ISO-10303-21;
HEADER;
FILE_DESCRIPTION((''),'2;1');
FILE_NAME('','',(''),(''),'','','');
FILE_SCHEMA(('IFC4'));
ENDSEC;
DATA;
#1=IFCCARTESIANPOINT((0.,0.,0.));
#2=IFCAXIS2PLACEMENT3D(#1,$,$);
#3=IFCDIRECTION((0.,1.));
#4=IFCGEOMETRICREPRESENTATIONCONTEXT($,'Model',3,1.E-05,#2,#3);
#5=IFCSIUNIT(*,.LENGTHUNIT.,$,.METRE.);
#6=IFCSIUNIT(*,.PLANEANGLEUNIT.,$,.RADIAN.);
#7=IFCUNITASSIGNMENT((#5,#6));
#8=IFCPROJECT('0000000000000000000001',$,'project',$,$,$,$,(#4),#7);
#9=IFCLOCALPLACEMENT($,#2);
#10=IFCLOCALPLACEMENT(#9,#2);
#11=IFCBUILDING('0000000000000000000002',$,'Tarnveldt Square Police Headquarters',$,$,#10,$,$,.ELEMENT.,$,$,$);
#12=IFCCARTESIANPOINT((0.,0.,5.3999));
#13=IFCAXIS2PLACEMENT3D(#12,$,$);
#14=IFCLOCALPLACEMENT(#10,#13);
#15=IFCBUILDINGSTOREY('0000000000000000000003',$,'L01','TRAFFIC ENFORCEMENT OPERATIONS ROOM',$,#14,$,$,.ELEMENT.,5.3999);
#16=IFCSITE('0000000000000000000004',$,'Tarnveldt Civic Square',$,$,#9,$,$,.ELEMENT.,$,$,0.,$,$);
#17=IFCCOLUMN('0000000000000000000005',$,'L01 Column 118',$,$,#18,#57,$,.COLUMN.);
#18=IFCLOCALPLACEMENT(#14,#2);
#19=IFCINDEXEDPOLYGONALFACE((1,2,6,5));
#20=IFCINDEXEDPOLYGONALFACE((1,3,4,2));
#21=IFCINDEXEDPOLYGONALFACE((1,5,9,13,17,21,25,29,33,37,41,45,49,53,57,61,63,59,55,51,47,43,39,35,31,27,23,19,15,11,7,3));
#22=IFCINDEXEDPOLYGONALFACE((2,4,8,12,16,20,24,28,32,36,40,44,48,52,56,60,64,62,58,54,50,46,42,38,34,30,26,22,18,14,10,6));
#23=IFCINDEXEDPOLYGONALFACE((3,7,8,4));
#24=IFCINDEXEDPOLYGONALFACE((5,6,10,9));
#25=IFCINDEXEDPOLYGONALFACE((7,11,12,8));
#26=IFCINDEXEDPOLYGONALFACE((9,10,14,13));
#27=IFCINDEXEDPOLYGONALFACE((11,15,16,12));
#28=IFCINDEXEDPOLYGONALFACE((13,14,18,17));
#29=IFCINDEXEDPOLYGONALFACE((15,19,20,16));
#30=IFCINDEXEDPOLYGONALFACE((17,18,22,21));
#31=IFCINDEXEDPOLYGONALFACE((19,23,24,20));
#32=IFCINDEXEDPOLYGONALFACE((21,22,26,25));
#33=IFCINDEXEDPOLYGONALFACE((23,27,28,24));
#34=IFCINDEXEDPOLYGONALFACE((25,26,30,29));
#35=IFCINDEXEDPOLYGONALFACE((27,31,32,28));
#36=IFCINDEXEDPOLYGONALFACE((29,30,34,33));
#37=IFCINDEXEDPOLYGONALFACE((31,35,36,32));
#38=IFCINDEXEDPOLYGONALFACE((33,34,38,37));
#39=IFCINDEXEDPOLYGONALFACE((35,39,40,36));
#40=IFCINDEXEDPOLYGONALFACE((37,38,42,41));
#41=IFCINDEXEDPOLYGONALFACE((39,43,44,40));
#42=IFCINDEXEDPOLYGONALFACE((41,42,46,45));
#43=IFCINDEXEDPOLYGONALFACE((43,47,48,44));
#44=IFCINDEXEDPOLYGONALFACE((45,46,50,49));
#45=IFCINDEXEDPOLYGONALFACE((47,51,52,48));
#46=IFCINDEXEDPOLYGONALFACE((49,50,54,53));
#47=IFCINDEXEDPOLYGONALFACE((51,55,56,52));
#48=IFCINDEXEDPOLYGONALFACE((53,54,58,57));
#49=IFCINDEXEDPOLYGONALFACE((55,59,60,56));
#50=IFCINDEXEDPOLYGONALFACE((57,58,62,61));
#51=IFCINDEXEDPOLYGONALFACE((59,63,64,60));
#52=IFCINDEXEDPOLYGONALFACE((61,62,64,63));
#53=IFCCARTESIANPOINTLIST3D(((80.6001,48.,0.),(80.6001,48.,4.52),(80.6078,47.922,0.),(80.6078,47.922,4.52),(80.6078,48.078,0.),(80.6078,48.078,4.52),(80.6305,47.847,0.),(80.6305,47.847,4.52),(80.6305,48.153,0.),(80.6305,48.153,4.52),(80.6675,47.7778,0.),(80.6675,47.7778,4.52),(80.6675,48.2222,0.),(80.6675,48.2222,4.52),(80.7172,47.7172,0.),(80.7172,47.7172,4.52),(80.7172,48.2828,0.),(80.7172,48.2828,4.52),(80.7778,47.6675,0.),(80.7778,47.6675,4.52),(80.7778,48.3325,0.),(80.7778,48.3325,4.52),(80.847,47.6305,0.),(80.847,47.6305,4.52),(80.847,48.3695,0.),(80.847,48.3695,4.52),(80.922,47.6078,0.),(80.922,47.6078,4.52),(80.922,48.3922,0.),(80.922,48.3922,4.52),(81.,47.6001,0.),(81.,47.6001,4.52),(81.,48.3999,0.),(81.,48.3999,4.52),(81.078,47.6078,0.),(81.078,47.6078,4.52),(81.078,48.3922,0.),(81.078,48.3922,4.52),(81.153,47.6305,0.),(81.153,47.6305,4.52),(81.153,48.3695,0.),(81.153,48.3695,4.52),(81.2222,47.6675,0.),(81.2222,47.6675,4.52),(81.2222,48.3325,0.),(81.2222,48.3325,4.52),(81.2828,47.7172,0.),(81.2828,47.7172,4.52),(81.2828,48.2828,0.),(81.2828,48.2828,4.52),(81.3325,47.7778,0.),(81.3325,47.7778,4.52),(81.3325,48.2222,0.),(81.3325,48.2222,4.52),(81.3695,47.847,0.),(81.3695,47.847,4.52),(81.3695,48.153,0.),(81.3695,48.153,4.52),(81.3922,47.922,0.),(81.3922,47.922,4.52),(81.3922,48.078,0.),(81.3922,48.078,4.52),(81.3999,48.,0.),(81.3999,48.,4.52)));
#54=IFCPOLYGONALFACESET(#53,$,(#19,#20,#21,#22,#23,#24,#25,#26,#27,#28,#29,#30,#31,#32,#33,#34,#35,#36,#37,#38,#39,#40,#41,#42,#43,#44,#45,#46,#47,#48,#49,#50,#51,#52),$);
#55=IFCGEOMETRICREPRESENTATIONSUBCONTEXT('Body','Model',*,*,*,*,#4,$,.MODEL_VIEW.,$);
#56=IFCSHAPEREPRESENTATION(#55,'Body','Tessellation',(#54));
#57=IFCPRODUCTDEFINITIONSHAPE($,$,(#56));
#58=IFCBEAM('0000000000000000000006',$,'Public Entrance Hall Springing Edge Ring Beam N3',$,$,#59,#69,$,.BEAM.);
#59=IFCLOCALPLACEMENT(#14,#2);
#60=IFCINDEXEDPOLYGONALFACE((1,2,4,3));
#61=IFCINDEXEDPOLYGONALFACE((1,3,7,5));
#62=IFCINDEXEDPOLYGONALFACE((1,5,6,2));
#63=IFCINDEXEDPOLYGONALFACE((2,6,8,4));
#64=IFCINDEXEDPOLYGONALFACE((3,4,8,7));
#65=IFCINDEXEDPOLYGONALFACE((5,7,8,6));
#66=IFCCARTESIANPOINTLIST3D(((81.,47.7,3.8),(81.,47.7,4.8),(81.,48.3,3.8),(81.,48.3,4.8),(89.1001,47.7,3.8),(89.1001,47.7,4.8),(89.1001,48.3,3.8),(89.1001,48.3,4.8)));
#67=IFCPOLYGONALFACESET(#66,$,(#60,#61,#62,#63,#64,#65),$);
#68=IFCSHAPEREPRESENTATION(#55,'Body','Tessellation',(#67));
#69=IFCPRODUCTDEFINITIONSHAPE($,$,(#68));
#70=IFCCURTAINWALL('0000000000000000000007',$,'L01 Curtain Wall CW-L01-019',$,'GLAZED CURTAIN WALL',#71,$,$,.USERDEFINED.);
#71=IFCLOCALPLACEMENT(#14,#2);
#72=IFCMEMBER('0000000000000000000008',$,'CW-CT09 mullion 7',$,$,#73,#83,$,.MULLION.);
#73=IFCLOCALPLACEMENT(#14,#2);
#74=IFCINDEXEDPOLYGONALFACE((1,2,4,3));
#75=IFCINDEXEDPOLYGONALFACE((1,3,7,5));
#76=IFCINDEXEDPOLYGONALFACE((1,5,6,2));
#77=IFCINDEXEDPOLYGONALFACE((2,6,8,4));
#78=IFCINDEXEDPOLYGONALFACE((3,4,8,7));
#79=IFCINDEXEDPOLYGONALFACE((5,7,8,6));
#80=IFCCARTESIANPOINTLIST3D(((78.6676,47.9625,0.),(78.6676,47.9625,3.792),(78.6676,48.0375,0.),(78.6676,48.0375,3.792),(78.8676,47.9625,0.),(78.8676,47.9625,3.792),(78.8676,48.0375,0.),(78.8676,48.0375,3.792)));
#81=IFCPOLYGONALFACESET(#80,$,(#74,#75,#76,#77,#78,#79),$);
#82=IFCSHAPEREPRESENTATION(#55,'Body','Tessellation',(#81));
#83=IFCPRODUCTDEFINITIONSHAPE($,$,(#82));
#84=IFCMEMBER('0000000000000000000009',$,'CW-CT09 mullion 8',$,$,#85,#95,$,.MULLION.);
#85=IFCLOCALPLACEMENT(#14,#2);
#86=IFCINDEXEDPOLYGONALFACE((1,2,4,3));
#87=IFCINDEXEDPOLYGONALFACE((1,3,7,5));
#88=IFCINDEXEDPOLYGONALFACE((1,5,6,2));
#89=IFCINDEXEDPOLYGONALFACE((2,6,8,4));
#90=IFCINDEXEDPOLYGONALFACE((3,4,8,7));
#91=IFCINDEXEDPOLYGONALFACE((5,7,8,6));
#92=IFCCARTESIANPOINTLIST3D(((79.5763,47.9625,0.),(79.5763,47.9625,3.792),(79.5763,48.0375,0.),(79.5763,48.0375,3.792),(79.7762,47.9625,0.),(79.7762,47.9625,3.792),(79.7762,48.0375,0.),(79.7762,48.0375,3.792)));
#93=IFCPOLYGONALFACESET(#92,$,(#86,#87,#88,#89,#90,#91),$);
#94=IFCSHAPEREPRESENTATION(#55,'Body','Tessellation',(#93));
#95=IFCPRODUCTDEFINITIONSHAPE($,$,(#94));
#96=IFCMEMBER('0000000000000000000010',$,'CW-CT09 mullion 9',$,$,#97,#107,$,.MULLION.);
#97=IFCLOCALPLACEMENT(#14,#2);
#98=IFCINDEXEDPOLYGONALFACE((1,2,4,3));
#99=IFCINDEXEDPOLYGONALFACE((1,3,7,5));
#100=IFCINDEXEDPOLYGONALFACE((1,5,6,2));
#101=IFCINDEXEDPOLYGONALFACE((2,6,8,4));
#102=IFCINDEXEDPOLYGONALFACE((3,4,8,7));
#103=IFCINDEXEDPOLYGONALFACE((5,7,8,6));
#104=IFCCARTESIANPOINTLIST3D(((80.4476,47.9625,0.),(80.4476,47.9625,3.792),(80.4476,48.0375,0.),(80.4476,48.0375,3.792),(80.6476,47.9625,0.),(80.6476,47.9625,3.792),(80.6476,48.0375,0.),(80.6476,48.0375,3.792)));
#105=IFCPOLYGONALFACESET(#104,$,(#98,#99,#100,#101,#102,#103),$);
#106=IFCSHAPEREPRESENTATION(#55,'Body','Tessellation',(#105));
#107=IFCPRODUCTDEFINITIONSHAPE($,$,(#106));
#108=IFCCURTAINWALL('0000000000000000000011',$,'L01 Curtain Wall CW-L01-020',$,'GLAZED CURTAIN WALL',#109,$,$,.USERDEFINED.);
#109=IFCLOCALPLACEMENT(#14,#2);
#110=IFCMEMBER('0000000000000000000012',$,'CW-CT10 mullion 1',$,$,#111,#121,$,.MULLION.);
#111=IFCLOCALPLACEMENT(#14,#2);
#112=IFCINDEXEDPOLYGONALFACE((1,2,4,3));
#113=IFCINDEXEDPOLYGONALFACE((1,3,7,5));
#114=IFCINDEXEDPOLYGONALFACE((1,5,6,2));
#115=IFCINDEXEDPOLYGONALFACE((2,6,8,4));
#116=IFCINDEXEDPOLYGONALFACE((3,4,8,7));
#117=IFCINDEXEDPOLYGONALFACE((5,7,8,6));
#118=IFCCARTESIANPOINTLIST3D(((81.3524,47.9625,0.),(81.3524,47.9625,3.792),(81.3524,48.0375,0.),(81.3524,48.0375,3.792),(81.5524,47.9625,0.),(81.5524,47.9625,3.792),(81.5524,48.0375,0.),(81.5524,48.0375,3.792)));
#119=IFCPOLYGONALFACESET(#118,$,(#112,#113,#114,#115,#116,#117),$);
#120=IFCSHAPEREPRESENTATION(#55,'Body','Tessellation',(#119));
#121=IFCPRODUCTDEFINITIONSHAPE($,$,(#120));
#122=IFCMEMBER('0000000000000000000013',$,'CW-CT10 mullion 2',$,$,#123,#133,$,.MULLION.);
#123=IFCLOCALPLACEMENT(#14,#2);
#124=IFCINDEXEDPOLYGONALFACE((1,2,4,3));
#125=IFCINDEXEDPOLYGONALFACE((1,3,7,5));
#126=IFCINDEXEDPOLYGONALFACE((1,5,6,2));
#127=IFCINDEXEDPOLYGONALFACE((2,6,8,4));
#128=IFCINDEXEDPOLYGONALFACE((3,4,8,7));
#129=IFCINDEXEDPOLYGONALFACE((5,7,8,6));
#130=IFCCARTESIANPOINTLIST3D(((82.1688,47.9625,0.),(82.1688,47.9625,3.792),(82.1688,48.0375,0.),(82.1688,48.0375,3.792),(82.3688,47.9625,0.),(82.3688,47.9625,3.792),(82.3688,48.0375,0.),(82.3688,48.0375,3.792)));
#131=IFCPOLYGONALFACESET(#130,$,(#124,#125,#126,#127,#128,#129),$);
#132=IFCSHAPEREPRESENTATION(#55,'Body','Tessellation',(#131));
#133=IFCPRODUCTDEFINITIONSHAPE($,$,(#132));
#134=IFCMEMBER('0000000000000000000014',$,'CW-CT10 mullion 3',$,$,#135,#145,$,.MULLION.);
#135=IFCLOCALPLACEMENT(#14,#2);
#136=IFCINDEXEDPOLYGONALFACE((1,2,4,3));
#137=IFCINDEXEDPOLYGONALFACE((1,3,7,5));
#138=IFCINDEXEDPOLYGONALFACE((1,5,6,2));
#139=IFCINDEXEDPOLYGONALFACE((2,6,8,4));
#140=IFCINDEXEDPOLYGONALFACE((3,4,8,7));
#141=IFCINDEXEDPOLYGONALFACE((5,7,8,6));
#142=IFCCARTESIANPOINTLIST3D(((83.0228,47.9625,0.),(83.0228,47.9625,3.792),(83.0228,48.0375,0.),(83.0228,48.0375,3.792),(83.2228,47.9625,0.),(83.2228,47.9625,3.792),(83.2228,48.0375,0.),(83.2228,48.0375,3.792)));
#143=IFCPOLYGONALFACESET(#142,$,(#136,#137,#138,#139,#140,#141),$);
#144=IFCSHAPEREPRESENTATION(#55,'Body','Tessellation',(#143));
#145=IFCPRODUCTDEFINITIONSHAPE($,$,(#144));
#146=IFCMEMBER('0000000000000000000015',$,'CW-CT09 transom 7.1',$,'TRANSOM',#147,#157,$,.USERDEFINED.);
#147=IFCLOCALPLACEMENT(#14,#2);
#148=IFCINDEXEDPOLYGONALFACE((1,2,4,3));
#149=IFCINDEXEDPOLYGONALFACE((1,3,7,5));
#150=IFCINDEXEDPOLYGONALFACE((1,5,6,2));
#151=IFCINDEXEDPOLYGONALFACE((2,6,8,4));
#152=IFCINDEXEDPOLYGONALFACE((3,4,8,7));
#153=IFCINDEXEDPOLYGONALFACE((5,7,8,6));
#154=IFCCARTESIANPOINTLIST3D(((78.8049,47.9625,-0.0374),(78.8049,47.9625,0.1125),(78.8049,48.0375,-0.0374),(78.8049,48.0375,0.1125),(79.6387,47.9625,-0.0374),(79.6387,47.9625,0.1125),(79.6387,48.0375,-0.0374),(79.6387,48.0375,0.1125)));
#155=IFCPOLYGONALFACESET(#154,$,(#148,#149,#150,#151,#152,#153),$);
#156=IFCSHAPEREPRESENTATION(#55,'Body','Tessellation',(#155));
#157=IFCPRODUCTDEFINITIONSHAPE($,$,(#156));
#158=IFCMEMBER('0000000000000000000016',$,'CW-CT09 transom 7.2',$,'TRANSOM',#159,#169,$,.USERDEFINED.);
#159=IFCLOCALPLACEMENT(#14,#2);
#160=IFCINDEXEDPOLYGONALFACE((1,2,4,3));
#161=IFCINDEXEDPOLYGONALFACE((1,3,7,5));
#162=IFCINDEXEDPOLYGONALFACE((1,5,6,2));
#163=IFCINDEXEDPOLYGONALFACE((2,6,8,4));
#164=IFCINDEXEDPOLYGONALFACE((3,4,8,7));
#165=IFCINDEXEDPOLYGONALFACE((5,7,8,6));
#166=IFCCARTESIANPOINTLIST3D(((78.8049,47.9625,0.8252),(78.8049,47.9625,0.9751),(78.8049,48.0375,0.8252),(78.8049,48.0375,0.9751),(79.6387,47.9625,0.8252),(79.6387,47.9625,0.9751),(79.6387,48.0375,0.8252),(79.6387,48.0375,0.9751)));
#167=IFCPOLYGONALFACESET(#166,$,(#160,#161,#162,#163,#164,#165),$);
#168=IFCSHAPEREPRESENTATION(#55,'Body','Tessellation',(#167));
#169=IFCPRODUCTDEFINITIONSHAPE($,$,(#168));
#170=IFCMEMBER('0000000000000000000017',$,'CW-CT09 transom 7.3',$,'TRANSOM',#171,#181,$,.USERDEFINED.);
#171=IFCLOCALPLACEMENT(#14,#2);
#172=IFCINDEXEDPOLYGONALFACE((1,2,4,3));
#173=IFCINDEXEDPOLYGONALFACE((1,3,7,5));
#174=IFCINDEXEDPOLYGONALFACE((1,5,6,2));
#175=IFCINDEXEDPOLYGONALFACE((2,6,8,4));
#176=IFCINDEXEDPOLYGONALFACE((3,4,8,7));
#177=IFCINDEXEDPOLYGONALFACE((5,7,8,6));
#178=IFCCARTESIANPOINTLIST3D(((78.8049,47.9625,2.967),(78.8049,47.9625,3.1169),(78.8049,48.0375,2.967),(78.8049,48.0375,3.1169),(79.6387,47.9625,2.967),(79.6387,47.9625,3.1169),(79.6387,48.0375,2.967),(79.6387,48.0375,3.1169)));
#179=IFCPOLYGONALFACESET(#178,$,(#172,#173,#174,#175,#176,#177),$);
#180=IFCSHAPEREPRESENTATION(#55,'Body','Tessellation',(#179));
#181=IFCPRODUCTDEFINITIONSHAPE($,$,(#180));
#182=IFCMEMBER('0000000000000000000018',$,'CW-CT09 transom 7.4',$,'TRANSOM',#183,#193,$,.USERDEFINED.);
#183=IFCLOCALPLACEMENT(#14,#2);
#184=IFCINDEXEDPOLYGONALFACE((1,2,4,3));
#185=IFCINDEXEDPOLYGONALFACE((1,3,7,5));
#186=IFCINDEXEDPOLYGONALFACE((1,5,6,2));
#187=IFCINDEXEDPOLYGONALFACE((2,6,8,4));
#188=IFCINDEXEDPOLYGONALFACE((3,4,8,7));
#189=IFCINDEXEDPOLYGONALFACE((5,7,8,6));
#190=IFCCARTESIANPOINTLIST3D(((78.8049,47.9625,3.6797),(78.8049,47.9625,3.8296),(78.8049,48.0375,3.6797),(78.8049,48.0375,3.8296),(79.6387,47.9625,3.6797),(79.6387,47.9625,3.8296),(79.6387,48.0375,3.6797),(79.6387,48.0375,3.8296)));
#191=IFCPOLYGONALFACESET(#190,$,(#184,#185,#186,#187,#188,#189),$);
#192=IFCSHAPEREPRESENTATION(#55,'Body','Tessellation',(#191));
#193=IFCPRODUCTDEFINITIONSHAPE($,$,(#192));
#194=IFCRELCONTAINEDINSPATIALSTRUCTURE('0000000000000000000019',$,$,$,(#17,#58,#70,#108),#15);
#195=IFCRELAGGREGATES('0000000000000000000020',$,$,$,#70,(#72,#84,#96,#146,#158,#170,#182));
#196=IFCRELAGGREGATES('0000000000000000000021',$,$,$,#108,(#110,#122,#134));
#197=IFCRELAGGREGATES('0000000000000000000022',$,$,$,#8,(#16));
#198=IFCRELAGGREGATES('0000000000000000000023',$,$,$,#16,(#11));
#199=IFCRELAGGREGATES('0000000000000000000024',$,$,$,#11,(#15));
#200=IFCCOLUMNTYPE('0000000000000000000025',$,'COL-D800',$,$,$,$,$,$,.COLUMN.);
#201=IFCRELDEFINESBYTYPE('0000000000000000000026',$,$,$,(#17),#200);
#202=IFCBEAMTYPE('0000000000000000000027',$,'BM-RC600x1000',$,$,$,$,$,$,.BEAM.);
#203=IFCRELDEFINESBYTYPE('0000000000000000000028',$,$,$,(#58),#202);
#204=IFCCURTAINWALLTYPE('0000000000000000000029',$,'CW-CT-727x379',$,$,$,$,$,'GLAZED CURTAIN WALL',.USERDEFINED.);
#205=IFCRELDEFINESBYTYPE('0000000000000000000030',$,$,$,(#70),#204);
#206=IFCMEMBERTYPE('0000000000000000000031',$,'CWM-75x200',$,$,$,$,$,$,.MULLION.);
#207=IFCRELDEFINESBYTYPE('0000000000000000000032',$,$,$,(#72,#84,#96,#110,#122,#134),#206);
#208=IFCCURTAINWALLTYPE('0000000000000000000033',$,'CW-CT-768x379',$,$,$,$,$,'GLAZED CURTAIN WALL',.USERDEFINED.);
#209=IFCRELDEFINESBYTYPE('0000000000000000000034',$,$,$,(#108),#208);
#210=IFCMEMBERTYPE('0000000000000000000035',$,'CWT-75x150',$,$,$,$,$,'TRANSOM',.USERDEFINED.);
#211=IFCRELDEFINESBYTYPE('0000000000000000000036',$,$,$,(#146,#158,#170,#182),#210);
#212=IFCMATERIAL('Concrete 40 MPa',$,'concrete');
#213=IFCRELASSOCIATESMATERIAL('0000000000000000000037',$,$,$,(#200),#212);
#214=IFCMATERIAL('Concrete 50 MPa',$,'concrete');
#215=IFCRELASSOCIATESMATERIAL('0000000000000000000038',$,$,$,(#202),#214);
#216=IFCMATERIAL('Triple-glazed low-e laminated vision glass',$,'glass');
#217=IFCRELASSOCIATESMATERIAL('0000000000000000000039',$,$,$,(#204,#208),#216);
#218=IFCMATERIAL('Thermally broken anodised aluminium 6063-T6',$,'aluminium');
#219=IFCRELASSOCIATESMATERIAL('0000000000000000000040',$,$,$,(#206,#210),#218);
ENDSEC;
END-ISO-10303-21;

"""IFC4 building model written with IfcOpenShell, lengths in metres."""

from ifc_helpers import new_model, si_unit, direction, frame, origin, origin_2d, place, context, subcontext, project, spatial, rectangle, circle, extrude, material, material_profile, profile_set, type_object, element, aggregate, save


model = new_model("IFC4")

# Units and contexts
model_context = context("Model", 3, precision=1e-05, world=origin(), true_north=direction((0.0, 1.0)))
body_context = subcontext(model_context, "Body", "Model", "MODEL_VIEW")
ifc_project = project(units=[si_unit("LENGTHUNIT", "METRE"), si_unit("PLANEANGLEUNIT", "RADIAN")], contexts=[model_context])

# Site, building, storey
site_placement = place(None, origin())
site = spatial("IfcSite", under=ifc_project, at=site_placement, Name="Tarnveldt Civic Square", CompositionType="ELEMENT", RefElevation=0.0)
building_placement = place(site_placement, origin())
building = spatial("IfcBuilding", under=site, at=building_placement, Name="Tarnveldt Square Police Headquarters", CompositionType="ELEMENT")
storey_placement = place(building_placement, frame((0.0, 0.0, 5.3999)))
storey = spatial("IfcBuildingStorey", under=building, at=storey_placement, Name="L01", Description="TRAFFIC ENFORCEMENT OPERATIONS ROOM", CompositionType="ELEMENT", Elevation=5.3999)

# Column
ifc_material_1 = material(Name="Concrete 40 MPa", Category="concrete")
ifc_material_profile_1 = material_profile(ifc_material_1, circle(Radius=0.3999, at=origin_2d()), Name="RC-D800")
ifc_profile_set_1 = profile_set([ifc_material_profile_1], Name="Concrete 40 MPa")
column_type = type_object("IfcColumnType", Name="COL-D800", PredefinedType="COLUMN", material=ifc_profile_set_1)
column_placement = place(storey_placement, frame((81.0, 48.0, 0.0), z_axis=(0.0, 0.0, 1.0), x_axis=(1.0, 0.0, 0.0)))
element("IfcColumn", 1, at=column_placement, inside=storey, type_object=column_type, Name="L01 Column 118", PredefinedType="COLUMN", context=body_context, shape_type="SweptSolid", body=[
    extrude(circle(Radius=0.3999, at=origin_2d()), origin(), (0.0, 0.0, 1.0), 4.52),
])

# Beam
ifc_material_2 = material(Name="Concrete 50 MPa", Category="concrete")
ifc_material_profile_2 = material_profile(ifc_material_2, rectangle(XDim=0.6001, YDim=1.0, at=origin_2d()), Name="RC-B600x1000")
ifc_profile_set_2 = profile_set([ifc_material_profile_2], Name="Concrete 50 MPa")
beam_type = type_object("IfcBeamType", Name="BM-RC600x1000", PredefinedType="BEAM", material=ifc_profile_set_2)
beam_placement = place(storey_placement, frame((81.0, 48.0, 4.3), z_axis=(1.0, 0.0, 0.0), x_axis=(0.0, 1.0, 0.0)))
element("IfcBeam", 2, at=beam_placement, inside=storey, type_object=beam_type, Name="Public Entrance Hall Springing Edge Ring Beam N3", PredefinedType="BEAM", context=body_context, shape_type="SweptSolid", body=[
    extrude(rectangle(XDim=0.6001, YDim=1.0, at=origin_2d()), origin(), (0.0, 0.0, 1.0), 8.1001),
])

# Curtain walls, members
ifc_material_3 = material(Name="Triple-glazed low-e laminated vision glass", Category="glass")
curtain_wall_type_1 = type_object("IfcCurtainWallType", Name="CW-CT-727x379", ElementType="GLAZED CURTAIN WALL", PredefinedType="USERDEFINED", material=ifc_material_3)
curtain_wall_1_placement = place(storey_placement, origin())
curtain_wall_1 = element("IfcCurtainWall", 3, at=curtain_wall_1_placement, inside=storey, type_object=curtain_wall_type_1, Name="L01 Curtain Wall CW-L01-019", ObjectType="GLAZED CURTAIN WALL", PredefinedType="USERDEFINED")
ifc_material_4 = material(Name="Thermally broken anodised aluminium 6063-T6", Category="aluminium")
ifc_material_profile_3 = material_profile(ifc_material_4, rectangle(XDim=0.075, YDim=0.2, at=origin_2d()), Name="CW-M75x200")
ifc_profile_set_3 = profile_set([ifc_material_profile_3], Name="Thermally broken anodised aluminium 6063-T6")
member_type_1 = type_object("IfcMemberType", Name="CWM-75x200", PredefinedType="MULLION", material=ifc_profile_set_3)
member_1_placement = place(storey_placement, frame((78.7676, 48.0, 0.0), z_axis=(0.0, 0.0, 1.0), x_axis=(0.0, 1.0, 0.0)))
member_1 = element("IfcMember", 4, at=member_1_placement, type_object=member_type_1, Name="CW-CT09 mullion 7", PredefinedType="MULLION", context=body_context, shape_type="SweptSolid", body=[
    extrude(rectangle(XDim=0.075, YDim=0.2, at=origin_2d()), origin(), (0.0, 0.0, 1.0), 3.792),
])
member_2_placement = place(storey_placement, frame((79.6763, 48.0, 0.0), z_axis=(0.0, 0.0, 1.0), x_axis=(0.0, 1.0, 0.0)))
member_2 = element("IfcMember", 5, at=member_2_placement, type_object=member_type_1, Name="CW-CT09 mullion 8", PredefinedType="MULLION", context=body_context, shape_type="SweptSolid", body=[
    extrude(rectangle(XDim=0.075, YDim=0.2, at=origin_2d()), origin(), (0.0, 0.0, 1.0), 3.792),
])
member_3_placement = place(storey_placement, frame((80.5476, 48.0, 0.0), z_axis=(0.0, 0.0, 1.0), x_axis=(0.0, 1.0, 0.0)))
member_3 = element("IfcMember", 6, at=member_3_placement, type_object=member_type_1, Name="CW-CT09 mullion 9", PredefinedType="MULLION", context=body_context, shape_type="SweptSolid", body=[
    extrude(rectangle(XDim=0.075, YDim=0.2, at=origin_2d()), origin(), (0.0, 0.0, 1.0), 3.792),
])
curtain_wall_type_2 = type_object("IfcCurtainWallType", Name="CW-CT-768x379", ElementType="GLAZED CURTAIN WALL", PredefinedType="USERDEFINED", material=ifc_material_3)
curtain_wall_2_placement = place(storey_placement, origin())
curtain_wall_2 = element("IfcCurtainWall", 7, at=curtain_wall_2_placement, inside=storey, type_object=curtain_wall_type_2, Name="L01 Curtain Wall CW-L01-020", ObjectType="GLAZED CURTAIN WALL", PredefinedType="USERDEFINED")
member_4_placement = place(storey_placement, frame((81.4524, 48.0, 0.0), z_axis=(0.0, 0.0, 1.0), x_axis=(0.0, 1.0, 0.0)))
member_4 = element("IfcMember", 8, at=member_4_placement, type_object=member_type_1, Name="CW-CT10 mullion 1", PredefinedType="MULLION", context=body_context, shape_type="SweptSolid", body=[
    extrude(rectangle(XDim=0.075, YDim=0.2, at=origin_2d()), origin(), (0.0, 0.0, 1.0), 3.792),
])
member_5_placement = place(storey_placement, frame((82.2688, 48.0, 0.0), z_axis=(0.0, 0.0, 1.0), x_axis=(0.0, 1.0, 0.0)))
member_5 = element("IfcMember", 9, at=member_5_placement, type_object=member_type_1, Name="CW-CT10 mullion 2", PredefinedType="MULLION", context=body_context, shape_type="SweptSolid", body=[
    extrude(rectangle(XDim=0.075, YDim=0.2, at=origin_2d()), origin(), (0.0, 0.0, 1.0), 3.792),
])
member_6_placement = place(storey_placement, frame((83.1228, 48.0, 0.0), z_axis=(0.0, 0.0, 1.0), x_axis=(0.0, 1.0, 0.0)))
member_6 = element("IfcMember", 10, at=member_6_placement, type_object=member_type_1, Name="CW-CT10 mullion 3", PredefinedType="MULLION", context=body_context, shape_type="SweptSolid", body=[
    extrude(rectangle(XDim=0.075, YDim=0.2, at=origin_2d()), origin(), (0.0, 0.0, 1.0), 3.792),
])

# Members
ifc_material_profile_4 = material_profile(ifc_material_4, rectangle(XDim=0.075, YDim=0.1499, at=origin_2d()), Name="CW-T75x150")
ifc_profile_set_4 = profile_set([ifc_material_profile_4], Name="Thermally broken anodised aluminium 6063-T6")
member_type_2 = type_object("IfcMemberType", Name="CWT-75x150", ElementType="TRANSOM", PredefinedType="USERDEFINED", material=ifc_profile_set_4)
member_7_placement = place(storey_placement, frame((78.8049, 48.0, 0.0376), z_axis=(1.0, 0.0, 0.0), x_axis=(0.0, 1.0, 0.0)))
member_7 = element("IfcMember", 11, at=member_7_placement, type_object=member_type_2, Name="CW-CT09 transom 7.1", ObjectType="TRANSOM", PredefinedType="USERDEFINED", context=body_context, shape_type="SweptSolid", body=[
    extrude(rectangle(XDim=0.075, YDim=0.1499, at=origin_2d()), origin(), (0.0, 0.0, 1.0), 0.8337),
])
member_8_placement = place(storey_placement, frame((78.8049, 48.0, 0.9001), z_axis=(1.0, 0.0, 0.0), x_axis=(0.0, 1.0, 0.0)))
member_8 = element("IfcMember", 12, at=member_8_placement, type_object=member_type_2, Name="CW-CT09 transom 7.2", ObjectType="TRANSOM", PredefinedType="USERDEFINED", context=body_context, shape_type="SweptSolid", body=[
    extrude(rectangle(XDim=0.075, YDim=0.1499, at=origin_2d()), origin(), (0.0, 0.0, 1.0), 0.8337),
])
member_9_placement = place(storey_placement, frame((78.8049, 48.0, 3.042), z_axis=(1.0, 0.0, 0.0), x_axis=(0.0, 1.0, 0.0)))
member_9 = element("IfcMember", 13, at=member_9_placement, type_object=member_type_2, Name="CW-CT09 transom 7.3", ObjectType="TRANSOM", PredefinedType="USERDEFINED", context=body_context, shape_type="SweptSolid", body=[
    extrude(rectangle(XDim=0.075, YDim=0.1499, at=origin_2d()), origin(), (0.0, 0.0, 1.0), 0.8337),
])
member_10_placement = place(storey_placement, frame((78.8049, 48.0, 3.7546), z_axis=(1.0, 0.0, 0.0), x_axis=(0.0, 1.0, 0.0)))
member_10 = element("IfcMember", 14, at=member_10_placement, type_object=member_type_2, Name="CW-CT09 transom 7.4", ObjectType="TRANSOM", PredefinedType="USERDEFINED", context=body_context, shape_type="SweptSolid", body=[
    extrude(rectangle(XDim=0.075, YDim=0.1499, at=origin_2d()), origin(), (0.0, 0.0, 1.0), 0.8337),
])

aggregate(curtain_wall_1, [member_1, member_2, member_3, member_7, member_8, member_9, member_10])
aggregate(curtain_wall_2, [member_4, member_5, member_6])

save(model, "model.ifc")
